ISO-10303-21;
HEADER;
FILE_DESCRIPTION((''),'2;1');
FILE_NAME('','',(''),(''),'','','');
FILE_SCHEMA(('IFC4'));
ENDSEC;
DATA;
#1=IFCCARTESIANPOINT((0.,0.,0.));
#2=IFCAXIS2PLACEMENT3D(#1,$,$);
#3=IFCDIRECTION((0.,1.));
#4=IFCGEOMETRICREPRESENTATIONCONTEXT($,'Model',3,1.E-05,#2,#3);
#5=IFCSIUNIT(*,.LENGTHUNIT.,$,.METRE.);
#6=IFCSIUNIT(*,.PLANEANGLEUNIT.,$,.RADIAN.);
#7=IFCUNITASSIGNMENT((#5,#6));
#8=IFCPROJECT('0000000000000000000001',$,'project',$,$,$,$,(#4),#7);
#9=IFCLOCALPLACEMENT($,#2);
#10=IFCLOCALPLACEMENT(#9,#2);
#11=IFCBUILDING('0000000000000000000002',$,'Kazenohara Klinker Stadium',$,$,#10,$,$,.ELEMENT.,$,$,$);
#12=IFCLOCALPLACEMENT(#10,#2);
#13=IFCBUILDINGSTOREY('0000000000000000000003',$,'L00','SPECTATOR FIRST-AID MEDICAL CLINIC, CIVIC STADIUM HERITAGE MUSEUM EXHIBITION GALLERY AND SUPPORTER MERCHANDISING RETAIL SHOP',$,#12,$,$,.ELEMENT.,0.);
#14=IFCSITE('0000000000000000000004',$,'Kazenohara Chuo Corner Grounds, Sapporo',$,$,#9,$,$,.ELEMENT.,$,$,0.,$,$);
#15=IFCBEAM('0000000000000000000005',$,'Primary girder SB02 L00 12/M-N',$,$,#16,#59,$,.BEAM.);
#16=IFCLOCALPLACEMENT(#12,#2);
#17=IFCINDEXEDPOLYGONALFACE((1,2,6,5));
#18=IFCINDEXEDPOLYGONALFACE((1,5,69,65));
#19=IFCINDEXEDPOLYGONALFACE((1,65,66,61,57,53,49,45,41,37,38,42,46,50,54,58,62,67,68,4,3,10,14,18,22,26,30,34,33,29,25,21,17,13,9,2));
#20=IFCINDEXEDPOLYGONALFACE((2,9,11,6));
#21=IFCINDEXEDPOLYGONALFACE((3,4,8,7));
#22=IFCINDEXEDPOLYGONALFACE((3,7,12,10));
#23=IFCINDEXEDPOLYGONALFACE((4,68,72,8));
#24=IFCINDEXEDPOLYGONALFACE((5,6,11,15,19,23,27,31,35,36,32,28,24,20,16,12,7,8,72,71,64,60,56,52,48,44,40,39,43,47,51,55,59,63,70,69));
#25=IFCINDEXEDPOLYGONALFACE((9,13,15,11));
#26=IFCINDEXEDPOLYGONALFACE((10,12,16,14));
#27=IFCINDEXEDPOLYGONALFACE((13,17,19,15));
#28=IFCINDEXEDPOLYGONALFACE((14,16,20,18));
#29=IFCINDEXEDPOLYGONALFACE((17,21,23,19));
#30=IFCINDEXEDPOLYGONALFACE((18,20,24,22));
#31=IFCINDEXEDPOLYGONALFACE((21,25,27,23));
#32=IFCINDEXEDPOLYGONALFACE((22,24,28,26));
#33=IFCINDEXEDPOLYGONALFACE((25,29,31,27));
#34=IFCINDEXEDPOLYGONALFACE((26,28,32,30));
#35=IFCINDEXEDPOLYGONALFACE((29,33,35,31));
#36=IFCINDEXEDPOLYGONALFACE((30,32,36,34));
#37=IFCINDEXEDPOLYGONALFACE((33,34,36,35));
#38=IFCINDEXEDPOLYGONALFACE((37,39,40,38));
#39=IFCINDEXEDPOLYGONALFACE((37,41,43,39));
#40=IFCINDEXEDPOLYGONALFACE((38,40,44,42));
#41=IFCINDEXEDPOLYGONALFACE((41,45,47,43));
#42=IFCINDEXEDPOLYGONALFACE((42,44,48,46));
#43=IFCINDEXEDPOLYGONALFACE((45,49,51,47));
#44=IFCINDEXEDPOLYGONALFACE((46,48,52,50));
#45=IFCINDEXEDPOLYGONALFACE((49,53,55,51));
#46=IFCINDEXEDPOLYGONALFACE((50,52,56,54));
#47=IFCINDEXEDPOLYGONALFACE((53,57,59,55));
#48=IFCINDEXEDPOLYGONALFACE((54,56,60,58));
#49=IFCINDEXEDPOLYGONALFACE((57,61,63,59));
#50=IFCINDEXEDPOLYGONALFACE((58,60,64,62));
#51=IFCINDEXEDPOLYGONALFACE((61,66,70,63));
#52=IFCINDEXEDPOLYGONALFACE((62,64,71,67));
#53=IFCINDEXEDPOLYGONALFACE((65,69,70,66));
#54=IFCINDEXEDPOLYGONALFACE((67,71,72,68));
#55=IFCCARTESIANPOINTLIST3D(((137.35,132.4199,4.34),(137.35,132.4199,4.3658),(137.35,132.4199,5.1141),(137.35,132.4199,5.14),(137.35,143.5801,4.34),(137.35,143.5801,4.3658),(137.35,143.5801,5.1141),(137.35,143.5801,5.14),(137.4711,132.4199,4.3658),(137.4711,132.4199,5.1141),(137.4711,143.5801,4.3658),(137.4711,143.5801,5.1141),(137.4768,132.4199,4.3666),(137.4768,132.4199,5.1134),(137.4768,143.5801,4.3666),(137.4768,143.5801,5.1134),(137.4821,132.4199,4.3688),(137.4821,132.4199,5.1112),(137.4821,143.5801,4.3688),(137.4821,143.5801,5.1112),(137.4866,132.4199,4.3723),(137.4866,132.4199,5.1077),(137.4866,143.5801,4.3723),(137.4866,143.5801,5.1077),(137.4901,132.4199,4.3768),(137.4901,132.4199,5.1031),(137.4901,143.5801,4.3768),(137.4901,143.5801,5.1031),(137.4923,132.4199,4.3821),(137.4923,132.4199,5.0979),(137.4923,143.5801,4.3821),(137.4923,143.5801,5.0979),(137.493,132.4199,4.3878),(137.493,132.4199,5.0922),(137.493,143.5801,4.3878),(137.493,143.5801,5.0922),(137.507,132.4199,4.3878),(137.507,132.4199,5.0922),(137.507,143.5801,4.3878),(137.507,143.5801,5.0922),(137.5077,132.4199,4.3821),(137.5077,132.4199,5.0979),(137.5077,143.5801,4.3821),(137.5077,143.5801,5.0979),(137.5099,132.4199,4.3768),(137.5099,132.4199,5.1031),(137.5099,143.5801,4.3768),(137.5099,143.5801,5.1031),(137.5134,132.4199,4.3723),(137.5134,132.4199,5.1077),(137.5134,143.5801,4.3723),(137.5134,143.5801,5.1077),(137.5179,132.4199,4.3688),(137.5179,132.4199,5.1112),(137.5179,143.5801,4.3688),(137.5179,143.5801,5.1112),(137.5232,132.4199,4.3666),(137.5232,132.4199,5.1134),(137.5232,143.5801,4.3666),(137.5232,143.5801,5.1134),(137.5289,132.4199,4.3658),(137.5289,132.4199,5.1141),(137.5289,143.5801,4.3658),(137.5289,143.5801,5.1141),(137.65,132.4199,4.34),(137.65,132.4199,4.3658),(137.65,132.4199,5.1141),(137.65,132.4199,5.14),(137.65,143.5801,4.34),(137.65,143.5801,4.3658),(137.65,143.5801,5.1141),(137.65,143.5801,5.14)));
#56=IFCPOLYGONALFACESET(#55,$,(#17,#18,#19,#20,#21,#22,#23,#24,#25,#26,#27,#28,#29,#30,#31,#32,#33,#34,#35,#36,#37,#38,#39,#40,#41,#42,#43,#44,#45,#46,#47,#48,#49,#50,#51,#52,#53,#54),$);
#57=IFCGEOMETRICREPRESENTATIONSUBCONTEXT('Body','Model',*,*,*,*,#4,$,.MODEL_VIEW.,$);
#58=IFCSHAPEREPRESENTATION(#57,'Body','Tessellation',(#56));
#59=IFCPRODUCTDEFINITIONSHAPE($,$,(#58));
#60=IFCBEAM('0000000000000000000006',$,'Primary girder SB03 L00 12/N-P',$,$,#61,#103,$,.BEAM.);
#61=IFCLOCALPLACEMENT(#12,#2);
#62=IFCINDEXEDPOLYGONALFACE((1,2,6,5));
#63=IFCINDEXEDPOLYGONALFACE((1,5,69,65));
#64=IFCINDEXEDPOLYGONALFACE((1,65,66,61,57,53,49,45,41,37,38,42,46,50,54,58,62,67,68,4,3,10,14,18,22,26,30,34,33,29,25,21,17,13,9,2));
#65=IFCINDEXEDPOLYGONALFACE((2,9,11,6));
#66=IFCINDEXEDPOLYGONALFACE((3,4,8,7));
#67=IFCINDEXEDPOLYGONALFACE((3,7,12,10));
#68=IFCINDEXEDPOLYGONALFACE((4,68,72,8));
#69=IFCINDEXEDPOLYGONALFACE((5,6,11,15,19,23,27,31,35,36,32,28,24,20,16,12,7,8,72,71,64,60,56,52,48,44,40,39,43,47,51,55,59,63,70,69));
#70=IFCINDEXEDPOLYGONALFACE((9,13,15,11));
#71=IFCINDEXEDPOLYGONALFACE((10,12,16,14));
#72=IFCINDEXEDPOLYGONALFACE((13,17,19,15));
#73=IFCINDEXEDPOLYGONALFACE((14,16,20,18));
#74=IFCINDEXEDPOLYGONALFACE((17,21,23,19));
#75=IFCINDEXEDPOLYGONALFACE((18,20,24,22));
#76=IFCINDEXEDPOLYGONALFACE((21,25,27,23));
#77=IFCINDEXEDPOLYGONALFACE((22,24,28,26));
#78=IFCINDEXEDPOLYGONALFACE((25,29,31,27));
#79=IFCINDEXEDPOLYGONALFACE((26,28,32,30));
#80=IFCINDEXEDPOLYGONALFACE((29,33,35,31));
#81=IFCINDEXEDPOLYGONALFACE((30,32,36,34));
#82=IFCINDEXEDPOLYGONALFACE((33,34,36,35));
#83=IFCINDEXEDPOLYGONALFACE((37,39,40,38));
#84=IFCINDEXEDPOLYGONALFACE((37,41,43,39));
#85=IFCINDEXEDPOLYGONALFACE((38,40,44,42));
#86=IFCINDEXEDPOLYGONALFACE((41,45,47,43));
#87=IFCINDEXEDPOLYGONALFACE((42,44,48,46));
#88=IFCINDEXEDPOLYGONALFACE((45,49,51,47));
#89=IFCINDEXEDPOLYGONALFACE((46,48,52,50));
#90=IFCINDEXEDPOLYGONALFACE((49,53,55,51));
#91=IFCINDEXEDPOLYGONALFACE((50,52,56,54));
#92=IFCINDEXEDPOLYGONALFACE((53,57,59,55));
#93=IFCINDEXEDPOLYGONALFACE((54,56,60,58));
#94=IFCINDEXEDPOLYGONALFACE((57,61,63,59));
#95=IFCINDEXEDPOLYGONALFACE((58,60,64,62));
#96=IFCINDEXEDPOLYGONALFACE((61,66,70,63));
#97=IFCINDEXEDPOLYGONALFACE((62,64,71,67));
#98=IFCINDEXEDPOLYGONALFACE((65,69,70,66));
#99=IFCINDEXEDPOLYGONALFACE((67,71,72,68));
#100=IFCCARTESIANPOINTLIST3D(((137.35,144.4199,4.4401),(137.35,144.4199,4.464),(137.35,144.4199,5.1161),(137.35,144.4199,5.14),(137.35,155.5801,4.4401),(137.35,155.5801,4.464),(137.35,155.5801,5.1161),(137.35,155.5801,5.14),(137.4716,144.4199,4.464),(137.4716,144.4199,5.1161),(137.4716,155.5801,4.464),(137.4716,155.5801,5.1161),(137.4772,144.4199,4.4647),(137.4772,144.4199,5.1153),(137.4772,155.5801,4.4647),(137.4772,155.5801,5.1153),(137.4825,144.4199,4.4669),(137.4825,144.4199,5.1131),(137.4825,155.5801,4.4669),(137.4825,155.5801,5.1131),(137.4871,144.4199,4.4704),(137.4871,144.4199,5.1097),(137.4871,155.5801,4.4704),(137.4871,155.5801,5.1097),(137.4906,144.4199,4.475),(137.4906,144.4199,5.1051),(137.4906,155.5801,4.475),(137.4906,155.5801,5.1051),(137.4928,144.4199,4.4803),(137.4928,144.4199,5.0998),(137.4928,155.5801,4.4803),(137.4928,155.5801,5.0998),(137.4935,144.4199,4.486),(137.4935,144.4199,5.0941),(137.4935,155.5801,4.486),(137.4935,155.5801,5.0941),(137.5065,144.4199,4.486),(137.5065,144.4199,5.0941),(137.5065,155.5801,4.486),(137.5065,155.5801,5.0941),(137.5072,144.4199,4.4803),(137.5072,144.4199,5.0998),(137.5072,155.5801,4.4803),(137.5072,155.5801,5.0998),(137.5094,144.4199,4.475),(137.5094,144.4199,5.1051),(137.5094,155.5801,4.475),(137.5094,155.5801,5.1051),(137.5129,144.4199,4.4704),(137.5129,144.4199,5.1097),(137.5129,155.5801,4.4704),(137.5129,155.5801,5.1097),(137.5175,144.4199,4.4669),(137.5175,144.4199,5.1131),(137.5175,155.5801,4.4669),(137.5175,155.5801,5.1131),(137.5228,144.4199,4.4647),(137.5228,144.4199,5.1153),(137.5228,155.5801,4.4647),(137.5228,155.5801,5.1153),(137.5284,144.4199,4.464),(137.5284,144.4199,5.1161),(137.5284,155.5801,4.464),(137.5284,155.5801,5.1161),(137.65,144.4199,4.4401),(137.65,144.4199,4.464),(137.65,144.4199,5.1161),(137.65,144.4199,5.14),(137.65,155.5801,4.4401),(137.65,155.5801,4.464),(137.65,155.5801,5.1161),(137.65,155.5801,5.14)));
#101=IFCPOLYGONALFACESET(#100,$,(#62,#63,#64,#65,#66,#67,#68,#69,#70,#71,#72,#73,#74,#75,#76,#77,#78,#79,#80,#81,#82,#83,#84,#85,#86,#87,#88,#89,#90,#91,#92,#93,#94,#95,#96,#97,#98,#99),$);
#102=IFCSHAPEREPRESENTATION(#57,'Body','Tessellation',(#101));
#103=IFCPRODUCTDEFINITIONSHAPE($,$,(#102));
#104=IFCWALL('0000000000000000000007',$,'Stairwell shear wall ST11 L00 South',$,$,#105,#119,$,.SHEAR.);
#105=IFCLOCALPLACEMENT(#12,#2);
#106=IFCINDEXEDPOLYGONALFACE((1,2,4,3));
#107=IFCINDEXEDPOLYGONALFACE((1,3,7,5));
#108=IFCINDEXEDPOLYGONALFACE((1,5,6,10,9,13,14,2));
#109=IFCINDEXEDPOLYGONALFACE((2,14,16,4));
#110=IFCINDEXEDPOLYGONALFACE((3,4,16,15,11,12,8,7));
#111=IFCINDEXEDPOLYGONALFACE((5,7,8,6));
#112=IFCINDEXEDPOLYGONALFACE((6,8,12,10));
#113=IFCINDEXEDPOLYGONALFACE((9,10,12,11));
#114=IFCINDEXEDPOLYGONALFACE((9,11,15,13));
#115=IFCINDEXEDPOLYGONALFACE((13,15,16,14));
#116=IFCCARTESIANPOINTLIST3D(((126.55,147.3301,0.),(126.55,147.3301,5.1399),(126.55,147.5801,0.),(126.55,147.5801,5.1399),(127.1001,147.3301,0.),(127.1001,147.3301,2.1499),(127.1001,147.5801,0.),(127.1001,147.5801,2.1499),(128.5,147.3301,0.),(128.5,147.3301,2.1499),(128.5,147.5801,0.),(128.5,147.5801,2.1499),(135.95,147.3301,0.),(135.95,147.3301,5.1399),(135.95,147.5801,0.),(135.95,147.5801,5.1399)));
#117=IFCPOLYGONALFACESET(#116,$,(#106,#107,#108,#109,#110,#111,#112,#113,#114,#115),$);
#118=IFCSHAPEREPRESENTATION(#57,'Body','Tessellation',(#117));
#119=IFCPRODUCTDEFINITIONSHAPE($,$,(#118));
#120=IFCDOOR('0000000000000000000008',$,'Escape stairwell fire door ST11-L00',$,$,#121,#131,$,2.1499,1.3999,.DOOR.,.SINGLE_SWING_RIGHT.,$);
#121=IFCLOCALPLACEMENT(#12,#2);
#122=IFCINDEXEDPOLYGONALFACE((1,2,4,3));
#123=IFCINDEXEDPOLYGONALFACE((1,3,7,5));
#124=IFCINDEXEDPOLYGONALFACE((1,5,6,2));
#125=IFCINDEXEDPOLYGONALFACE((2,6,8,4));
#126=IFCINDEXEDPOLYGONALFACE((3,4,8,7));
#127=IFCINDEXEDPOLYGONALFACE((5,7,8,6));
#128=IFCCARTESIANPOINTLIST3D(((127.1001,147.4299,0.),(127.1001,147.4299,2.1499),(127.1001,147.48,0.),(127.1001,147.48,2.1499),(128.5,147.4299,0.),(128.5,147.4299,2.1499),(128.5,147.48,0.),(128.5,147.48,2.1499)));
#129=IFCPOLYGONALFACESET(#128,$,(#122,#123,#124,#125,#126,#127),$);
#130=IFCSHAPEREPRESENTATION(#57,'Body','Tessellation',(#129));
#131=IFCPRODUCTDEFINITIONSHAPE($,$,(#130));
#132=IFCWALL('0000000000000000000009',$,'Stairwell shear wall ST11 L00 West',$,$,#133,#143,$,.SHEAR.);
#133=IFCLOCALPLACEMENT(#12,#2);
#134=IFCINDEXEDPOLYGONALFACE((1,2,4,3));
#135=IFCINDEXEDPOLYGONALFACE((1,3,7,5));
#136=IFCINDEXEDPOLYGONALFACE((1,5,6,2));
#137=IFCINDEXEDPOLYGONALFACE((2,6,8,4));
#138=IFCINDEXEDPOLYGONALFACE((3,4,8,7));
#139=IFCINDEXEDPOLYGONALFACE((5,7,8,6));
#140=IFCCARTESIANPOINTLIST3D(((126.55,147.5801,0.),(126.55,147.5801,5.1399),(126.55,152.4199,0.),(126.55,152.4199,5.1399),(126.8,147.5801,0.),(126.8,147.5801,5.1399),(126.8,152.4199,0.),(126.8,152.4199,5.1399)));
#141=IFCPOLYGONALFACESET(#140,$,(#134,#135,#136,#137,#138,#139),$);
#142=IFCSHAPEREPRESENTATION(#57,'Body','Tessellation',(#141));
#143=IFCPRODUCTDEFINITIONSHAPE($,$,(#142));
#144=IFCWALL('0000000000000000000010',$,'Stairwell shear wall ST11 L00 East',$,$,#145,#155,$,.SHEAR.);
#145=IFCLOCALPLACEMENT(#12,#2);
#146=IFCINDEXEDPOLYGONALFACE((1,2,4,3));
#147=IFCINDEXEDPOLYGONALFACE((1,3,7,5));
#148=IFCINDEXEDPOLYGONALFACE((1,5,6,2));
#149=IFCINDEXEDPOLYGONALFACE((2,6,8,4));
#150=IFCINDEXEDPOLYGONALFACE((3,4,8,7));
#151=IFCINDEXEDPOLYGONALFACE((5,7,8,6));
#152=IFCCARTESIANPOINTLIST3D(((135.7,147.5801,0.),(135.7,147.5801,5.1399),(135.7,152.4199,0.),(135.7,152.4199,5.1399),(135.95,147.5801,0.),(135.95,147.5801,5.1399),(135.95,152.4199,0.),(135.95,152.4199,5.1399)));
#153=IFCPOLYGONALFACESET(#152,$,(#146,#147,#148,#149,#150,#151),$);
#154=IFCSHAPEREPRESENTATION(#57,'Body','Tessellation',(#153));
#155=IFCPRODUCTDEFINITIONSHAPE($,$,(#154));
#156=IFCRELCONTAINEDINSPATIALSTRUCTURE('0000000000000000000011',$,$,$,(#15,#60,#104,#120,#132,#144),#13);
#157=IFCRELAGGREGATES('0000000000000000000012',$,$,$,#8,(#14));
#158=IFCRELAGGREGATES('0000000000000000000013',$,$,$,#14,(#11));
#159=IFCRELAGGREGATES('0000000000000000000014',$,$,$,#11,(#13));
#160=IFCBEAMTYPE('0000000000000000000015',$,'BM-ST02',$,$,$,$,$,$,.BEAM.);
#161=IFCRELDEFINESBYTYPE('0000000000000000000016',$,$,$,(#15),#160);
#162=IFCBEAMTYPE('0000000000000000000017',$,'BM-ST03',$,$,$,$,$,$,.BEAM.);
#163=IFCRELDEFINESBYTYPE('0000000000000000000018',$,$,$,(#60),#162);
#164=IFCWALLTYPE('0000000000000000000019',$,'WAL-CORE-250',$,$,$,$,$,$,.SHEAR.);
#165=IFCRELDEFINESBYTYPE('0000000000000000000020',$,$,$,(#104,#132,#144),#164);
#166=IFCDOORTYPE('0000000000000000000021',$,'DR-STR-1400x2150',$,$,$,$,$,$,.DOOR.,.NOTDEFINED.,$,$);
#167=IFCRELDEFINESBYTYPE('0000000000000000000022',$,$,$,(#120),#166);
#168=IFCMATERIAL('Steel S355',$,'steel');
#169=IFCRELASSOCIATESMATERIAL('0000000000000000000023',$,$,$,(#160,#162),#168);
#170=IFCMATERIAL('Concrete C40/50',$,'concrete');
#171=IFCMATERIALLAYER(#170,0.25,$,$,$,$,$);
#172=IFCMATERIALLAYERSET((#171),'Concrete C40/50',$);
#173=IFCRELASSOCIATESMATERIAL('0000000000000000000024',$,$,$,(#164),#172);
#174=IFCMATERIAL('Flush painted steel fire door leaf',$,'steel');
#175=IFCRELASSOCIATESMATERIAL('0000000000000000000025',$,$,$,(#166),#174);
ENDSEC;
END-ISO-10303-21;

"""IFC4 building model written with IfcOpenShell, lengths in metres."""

from ifc_helpers import new_model, si_unit, direction, frame, frame_2d, origin, origin_2d, place, context, subcontext, project, spatial, rectangle, i_section, extrude, material, layer, layer_set, material_profile, profile_set, type_object, element, fill, save


model = new_model("IFC4")

# Units and contexts
model_context = context("Model", 3, precision=1e-05, world=origin(), true_north=direction((0.0, 1.0)))
body_context = subcontext(model_context, "Body", "Model", "MODEL_VIEW")
ifc_project = project(units=[si_unit("LENGTHUNIT", "METRE"), si_unit("PLANEANGLEUNIT", "RADIAN")], contexts=[model_context])

# Site, building, storey
site_placement = place(None, origin())
site = spatial("IfcSite", under=ifc_project, at=site_placement, Name="Kazenohara Chuo Corner Grounds, Sapporo", CompositionType="ELEMENT", RefElevation=0.0)
building_placement = place(site_placement, origin())
building = spatial("IfcBuilding", under=site, at=building_placement, Name="Kazenohara Klinker Stadium", CompositionType="ELEMENT")
storey_placement = place(building_placement, origin())
storey = spatial("IfcBuildingStorey", under=building, at=storey_placement, Name="L00", Description="SPECTATOR FIRST-AID MEDICAL CLINIC, CIVIC STADIUM HERITAGE MUSEUM EXHIBITION GALLERY AND SUPPORTER MERCHANDISING RETAIL SHOP", CompositionType="ELEMENT", Elevation=0.0)

# Shared definitions
ifc_material_1 = material(Name="Concrete C40/50", Category="concrete")

# Beams
ifc_material_2 = material(Name="Steel S355", Category="steel")
ifc_material_profile_1 = material_profile(ifc_material_2, i_section(OverallWidth=0.3, OverallDepth=0.8, WebThickness=0.0139, FlangeThickness=0.0259, FilletRadius=0.022, at=origin_2d()), Name="H-800x300x14x26")
ifc_profile_set_1 = profile_set([ifc_material_profile_1], Name="Steel S355")
beam_type_1 = type_object("IfcBeamType", Name="BM-ST02", PredefinedType="BEAM", material=ifc_profile_set_1)
for number, where, z_axis, x_axis, name in (
    (1, (137.5, 132.4199, 4.74), (0.0, 1.0, 0.0), (-1.0, 0.0, 0.0), "Primary girder SB02 L00 12/M-N"),
):
    element("IfcBeam", number, at=place(storey_placement, frame(where, z_axis=z_axis, x_axis=x_axis)), inside=storey, type_object=beam_type_1, Name=name, PredefinedType="BEAM", context=body_context, shape_type="SweptSolid", body=[
        extrude(i_section(OverallWidth=0.3, OverallDepth=0.8, WebThickness=0.0139, FlangeThickness=0.0259, FilletRadius=0.022, at=origin_2d()), origin(), (0.0, 0.0, 1.0), 11.1602),
    ])
ifc_material_profile_2 = material_profile(ifc_material_2, i_section(OverallWidth=0.3, OverallDepth=0.7, WebThickness=0.0129, FlangeThickness=0.0239, FilletRadius=0.022, at=origin_2d()), Name="H-700x300x13x24")
ifc_profile_set_2 = profile_set([ifc_material_profile_2], Name="Steel S355")
beam_type_2 = type_object("IfcBeamType", Name="BM-ST03", PredefinedType="BEAM", material=ifc_profile_set_2)
beam_1_placement = place(storey_placement, frame((137.5, 144.4199, 4.79), z_axis=(0.0, 1.0, 0.0), x_axis=(-1.0, 0.0, 0.0)))
element("IfcBeam", 2, at=beam_1_placement, inside=storey, type_object=beam_type_2, Name="Primary girder SB03 L00 12/N-P", PredefinedType="BEAM", context=body_context, shape_type="SweptSolid", body=[
    extrude(i_section(OverallWidth=0.3, OverallDepth=0.7, WebThickness=0.0129, FlangeThickness=0.0239, FilletRadius=0.022, at=origin_2d()), origin(), (0.0, 0.0, 1.0), 11.1602),
])

# Wall, opening, door
ifc_layer_1 = layer(ifc_material_1, 0.25)
ifc_layer_set_1 = layer_set([ifc_layer_1], Name="Concrete C40/50")
wall_type_1 = type_object("IfcWallType", Name="WAL-CORE-250", PredefinedType="SHEAR", material=ifc_layer_set_1)
wall_1_placement = place(storey_placement, frame((126.55, 147.4551, 0.0), z_axis=(0.0, 0.0, 1.0), x_axis=(1.0, 0.0, 0.0)))
wall_1 = element("IfcWall", 3, at=wall_1_placement, inside=storey, type_object=wall_type_1, Name="Stairwell shear wall ST11 L00 South", PredefinedType="SHEAR", context=body_context, shape_type="SweptSolid", body=[
    extrude(rectangle(XDim=9.3999, YDim=0.25, at=frame_2d((4.7, 0.0))), origin(), (0.0, 0.0, 1.0), 5.1399),
])
opening_1_placement = place(wall_1_placement, frame((0.55, 0.0, 0.0)))
opening_1 = element("IfcOpeningElement", 4, at=opening_1_placement, cuts=wall_1, PredefinedType="OPENING", context=body_context, shape_type="SweptSolid", body=[
    extrude(rectangle(XDim=1.3999, YDim=2.1499, at=frame_2d((0.7, 1.075))), frame((0.0, 0.135, 0.0), z_axis=(0.0, -1.0, 0.0), x_axis=(1.0, 0.0, 0.0)), (0.0, 0.0, 1.0), 0.27),
])
ifc_material_3 = material(Name="Flush painted steel fire door leaf", Category="steel")
door_type_1 = type_object("IfcDoorType", Name="DR-STR-1400x2150", OperationType="NOTDEFINED", PredefinedType="DOOR", material=ifc_material_3)
door_1_placement = place(opening_1_placement, origin())
door_1 = element("IfcDoor", 5, at=door_1_placement, inside=storey, type_object=door_type_1, Name="Escape stairwell fire door ST11-L00", OperationType="SINGLE_SWING_RIGHT", OverallHeight=2.1499, OverallWidth=1.3999, PredefinedType="DOOR", context=body_context, shape_type="SweptSolid", body=[
    extrude(rectangle(XDim=1.3999, YDim=2.1499, at=frame_2d((0.7, 1.075))), frame((0.0, 0.0249, 0.0), z_axis=(0.0, -1.0, 0.0), x_axis=(1.0, 0.0, 0.0)), (0.0, 0.0, 1.0), 0.05),
])
fill(opening_1, door_1)

# Walls
for number, where, z_axis, x_axis, name in (
    (6, (126.675, 147.5801, 0.0), (0.0, 0.0, 1.0), (0.0, 1.0, 0.0), "Stairwell shear wall ST11 L00 West"),
    (7, (135.825, 147.5801, 0.0), (0.0, 0.0, 1.0), (0.0, 1.0, 0.0), "Stairwell shear wall ST11 L00 East"),
):
    element("IfcWall", number, at=place(storey_placement, frame(where, z_axis=z_axis, x_axis=x_axis)), inside=storey, type_object=wall_type_1, Name=name, PredefinedType="SHEAR", context=body_context, shape_type="SweptSolid", body=[
        extrude(rectangle(XDim=4.8398, YDim=0.25, at=frame_2d((2.4199, 0.0))), origin(), (0.0, 0.0, 1.0), 5.1399),
    ])

save(model, "model.ifc")
